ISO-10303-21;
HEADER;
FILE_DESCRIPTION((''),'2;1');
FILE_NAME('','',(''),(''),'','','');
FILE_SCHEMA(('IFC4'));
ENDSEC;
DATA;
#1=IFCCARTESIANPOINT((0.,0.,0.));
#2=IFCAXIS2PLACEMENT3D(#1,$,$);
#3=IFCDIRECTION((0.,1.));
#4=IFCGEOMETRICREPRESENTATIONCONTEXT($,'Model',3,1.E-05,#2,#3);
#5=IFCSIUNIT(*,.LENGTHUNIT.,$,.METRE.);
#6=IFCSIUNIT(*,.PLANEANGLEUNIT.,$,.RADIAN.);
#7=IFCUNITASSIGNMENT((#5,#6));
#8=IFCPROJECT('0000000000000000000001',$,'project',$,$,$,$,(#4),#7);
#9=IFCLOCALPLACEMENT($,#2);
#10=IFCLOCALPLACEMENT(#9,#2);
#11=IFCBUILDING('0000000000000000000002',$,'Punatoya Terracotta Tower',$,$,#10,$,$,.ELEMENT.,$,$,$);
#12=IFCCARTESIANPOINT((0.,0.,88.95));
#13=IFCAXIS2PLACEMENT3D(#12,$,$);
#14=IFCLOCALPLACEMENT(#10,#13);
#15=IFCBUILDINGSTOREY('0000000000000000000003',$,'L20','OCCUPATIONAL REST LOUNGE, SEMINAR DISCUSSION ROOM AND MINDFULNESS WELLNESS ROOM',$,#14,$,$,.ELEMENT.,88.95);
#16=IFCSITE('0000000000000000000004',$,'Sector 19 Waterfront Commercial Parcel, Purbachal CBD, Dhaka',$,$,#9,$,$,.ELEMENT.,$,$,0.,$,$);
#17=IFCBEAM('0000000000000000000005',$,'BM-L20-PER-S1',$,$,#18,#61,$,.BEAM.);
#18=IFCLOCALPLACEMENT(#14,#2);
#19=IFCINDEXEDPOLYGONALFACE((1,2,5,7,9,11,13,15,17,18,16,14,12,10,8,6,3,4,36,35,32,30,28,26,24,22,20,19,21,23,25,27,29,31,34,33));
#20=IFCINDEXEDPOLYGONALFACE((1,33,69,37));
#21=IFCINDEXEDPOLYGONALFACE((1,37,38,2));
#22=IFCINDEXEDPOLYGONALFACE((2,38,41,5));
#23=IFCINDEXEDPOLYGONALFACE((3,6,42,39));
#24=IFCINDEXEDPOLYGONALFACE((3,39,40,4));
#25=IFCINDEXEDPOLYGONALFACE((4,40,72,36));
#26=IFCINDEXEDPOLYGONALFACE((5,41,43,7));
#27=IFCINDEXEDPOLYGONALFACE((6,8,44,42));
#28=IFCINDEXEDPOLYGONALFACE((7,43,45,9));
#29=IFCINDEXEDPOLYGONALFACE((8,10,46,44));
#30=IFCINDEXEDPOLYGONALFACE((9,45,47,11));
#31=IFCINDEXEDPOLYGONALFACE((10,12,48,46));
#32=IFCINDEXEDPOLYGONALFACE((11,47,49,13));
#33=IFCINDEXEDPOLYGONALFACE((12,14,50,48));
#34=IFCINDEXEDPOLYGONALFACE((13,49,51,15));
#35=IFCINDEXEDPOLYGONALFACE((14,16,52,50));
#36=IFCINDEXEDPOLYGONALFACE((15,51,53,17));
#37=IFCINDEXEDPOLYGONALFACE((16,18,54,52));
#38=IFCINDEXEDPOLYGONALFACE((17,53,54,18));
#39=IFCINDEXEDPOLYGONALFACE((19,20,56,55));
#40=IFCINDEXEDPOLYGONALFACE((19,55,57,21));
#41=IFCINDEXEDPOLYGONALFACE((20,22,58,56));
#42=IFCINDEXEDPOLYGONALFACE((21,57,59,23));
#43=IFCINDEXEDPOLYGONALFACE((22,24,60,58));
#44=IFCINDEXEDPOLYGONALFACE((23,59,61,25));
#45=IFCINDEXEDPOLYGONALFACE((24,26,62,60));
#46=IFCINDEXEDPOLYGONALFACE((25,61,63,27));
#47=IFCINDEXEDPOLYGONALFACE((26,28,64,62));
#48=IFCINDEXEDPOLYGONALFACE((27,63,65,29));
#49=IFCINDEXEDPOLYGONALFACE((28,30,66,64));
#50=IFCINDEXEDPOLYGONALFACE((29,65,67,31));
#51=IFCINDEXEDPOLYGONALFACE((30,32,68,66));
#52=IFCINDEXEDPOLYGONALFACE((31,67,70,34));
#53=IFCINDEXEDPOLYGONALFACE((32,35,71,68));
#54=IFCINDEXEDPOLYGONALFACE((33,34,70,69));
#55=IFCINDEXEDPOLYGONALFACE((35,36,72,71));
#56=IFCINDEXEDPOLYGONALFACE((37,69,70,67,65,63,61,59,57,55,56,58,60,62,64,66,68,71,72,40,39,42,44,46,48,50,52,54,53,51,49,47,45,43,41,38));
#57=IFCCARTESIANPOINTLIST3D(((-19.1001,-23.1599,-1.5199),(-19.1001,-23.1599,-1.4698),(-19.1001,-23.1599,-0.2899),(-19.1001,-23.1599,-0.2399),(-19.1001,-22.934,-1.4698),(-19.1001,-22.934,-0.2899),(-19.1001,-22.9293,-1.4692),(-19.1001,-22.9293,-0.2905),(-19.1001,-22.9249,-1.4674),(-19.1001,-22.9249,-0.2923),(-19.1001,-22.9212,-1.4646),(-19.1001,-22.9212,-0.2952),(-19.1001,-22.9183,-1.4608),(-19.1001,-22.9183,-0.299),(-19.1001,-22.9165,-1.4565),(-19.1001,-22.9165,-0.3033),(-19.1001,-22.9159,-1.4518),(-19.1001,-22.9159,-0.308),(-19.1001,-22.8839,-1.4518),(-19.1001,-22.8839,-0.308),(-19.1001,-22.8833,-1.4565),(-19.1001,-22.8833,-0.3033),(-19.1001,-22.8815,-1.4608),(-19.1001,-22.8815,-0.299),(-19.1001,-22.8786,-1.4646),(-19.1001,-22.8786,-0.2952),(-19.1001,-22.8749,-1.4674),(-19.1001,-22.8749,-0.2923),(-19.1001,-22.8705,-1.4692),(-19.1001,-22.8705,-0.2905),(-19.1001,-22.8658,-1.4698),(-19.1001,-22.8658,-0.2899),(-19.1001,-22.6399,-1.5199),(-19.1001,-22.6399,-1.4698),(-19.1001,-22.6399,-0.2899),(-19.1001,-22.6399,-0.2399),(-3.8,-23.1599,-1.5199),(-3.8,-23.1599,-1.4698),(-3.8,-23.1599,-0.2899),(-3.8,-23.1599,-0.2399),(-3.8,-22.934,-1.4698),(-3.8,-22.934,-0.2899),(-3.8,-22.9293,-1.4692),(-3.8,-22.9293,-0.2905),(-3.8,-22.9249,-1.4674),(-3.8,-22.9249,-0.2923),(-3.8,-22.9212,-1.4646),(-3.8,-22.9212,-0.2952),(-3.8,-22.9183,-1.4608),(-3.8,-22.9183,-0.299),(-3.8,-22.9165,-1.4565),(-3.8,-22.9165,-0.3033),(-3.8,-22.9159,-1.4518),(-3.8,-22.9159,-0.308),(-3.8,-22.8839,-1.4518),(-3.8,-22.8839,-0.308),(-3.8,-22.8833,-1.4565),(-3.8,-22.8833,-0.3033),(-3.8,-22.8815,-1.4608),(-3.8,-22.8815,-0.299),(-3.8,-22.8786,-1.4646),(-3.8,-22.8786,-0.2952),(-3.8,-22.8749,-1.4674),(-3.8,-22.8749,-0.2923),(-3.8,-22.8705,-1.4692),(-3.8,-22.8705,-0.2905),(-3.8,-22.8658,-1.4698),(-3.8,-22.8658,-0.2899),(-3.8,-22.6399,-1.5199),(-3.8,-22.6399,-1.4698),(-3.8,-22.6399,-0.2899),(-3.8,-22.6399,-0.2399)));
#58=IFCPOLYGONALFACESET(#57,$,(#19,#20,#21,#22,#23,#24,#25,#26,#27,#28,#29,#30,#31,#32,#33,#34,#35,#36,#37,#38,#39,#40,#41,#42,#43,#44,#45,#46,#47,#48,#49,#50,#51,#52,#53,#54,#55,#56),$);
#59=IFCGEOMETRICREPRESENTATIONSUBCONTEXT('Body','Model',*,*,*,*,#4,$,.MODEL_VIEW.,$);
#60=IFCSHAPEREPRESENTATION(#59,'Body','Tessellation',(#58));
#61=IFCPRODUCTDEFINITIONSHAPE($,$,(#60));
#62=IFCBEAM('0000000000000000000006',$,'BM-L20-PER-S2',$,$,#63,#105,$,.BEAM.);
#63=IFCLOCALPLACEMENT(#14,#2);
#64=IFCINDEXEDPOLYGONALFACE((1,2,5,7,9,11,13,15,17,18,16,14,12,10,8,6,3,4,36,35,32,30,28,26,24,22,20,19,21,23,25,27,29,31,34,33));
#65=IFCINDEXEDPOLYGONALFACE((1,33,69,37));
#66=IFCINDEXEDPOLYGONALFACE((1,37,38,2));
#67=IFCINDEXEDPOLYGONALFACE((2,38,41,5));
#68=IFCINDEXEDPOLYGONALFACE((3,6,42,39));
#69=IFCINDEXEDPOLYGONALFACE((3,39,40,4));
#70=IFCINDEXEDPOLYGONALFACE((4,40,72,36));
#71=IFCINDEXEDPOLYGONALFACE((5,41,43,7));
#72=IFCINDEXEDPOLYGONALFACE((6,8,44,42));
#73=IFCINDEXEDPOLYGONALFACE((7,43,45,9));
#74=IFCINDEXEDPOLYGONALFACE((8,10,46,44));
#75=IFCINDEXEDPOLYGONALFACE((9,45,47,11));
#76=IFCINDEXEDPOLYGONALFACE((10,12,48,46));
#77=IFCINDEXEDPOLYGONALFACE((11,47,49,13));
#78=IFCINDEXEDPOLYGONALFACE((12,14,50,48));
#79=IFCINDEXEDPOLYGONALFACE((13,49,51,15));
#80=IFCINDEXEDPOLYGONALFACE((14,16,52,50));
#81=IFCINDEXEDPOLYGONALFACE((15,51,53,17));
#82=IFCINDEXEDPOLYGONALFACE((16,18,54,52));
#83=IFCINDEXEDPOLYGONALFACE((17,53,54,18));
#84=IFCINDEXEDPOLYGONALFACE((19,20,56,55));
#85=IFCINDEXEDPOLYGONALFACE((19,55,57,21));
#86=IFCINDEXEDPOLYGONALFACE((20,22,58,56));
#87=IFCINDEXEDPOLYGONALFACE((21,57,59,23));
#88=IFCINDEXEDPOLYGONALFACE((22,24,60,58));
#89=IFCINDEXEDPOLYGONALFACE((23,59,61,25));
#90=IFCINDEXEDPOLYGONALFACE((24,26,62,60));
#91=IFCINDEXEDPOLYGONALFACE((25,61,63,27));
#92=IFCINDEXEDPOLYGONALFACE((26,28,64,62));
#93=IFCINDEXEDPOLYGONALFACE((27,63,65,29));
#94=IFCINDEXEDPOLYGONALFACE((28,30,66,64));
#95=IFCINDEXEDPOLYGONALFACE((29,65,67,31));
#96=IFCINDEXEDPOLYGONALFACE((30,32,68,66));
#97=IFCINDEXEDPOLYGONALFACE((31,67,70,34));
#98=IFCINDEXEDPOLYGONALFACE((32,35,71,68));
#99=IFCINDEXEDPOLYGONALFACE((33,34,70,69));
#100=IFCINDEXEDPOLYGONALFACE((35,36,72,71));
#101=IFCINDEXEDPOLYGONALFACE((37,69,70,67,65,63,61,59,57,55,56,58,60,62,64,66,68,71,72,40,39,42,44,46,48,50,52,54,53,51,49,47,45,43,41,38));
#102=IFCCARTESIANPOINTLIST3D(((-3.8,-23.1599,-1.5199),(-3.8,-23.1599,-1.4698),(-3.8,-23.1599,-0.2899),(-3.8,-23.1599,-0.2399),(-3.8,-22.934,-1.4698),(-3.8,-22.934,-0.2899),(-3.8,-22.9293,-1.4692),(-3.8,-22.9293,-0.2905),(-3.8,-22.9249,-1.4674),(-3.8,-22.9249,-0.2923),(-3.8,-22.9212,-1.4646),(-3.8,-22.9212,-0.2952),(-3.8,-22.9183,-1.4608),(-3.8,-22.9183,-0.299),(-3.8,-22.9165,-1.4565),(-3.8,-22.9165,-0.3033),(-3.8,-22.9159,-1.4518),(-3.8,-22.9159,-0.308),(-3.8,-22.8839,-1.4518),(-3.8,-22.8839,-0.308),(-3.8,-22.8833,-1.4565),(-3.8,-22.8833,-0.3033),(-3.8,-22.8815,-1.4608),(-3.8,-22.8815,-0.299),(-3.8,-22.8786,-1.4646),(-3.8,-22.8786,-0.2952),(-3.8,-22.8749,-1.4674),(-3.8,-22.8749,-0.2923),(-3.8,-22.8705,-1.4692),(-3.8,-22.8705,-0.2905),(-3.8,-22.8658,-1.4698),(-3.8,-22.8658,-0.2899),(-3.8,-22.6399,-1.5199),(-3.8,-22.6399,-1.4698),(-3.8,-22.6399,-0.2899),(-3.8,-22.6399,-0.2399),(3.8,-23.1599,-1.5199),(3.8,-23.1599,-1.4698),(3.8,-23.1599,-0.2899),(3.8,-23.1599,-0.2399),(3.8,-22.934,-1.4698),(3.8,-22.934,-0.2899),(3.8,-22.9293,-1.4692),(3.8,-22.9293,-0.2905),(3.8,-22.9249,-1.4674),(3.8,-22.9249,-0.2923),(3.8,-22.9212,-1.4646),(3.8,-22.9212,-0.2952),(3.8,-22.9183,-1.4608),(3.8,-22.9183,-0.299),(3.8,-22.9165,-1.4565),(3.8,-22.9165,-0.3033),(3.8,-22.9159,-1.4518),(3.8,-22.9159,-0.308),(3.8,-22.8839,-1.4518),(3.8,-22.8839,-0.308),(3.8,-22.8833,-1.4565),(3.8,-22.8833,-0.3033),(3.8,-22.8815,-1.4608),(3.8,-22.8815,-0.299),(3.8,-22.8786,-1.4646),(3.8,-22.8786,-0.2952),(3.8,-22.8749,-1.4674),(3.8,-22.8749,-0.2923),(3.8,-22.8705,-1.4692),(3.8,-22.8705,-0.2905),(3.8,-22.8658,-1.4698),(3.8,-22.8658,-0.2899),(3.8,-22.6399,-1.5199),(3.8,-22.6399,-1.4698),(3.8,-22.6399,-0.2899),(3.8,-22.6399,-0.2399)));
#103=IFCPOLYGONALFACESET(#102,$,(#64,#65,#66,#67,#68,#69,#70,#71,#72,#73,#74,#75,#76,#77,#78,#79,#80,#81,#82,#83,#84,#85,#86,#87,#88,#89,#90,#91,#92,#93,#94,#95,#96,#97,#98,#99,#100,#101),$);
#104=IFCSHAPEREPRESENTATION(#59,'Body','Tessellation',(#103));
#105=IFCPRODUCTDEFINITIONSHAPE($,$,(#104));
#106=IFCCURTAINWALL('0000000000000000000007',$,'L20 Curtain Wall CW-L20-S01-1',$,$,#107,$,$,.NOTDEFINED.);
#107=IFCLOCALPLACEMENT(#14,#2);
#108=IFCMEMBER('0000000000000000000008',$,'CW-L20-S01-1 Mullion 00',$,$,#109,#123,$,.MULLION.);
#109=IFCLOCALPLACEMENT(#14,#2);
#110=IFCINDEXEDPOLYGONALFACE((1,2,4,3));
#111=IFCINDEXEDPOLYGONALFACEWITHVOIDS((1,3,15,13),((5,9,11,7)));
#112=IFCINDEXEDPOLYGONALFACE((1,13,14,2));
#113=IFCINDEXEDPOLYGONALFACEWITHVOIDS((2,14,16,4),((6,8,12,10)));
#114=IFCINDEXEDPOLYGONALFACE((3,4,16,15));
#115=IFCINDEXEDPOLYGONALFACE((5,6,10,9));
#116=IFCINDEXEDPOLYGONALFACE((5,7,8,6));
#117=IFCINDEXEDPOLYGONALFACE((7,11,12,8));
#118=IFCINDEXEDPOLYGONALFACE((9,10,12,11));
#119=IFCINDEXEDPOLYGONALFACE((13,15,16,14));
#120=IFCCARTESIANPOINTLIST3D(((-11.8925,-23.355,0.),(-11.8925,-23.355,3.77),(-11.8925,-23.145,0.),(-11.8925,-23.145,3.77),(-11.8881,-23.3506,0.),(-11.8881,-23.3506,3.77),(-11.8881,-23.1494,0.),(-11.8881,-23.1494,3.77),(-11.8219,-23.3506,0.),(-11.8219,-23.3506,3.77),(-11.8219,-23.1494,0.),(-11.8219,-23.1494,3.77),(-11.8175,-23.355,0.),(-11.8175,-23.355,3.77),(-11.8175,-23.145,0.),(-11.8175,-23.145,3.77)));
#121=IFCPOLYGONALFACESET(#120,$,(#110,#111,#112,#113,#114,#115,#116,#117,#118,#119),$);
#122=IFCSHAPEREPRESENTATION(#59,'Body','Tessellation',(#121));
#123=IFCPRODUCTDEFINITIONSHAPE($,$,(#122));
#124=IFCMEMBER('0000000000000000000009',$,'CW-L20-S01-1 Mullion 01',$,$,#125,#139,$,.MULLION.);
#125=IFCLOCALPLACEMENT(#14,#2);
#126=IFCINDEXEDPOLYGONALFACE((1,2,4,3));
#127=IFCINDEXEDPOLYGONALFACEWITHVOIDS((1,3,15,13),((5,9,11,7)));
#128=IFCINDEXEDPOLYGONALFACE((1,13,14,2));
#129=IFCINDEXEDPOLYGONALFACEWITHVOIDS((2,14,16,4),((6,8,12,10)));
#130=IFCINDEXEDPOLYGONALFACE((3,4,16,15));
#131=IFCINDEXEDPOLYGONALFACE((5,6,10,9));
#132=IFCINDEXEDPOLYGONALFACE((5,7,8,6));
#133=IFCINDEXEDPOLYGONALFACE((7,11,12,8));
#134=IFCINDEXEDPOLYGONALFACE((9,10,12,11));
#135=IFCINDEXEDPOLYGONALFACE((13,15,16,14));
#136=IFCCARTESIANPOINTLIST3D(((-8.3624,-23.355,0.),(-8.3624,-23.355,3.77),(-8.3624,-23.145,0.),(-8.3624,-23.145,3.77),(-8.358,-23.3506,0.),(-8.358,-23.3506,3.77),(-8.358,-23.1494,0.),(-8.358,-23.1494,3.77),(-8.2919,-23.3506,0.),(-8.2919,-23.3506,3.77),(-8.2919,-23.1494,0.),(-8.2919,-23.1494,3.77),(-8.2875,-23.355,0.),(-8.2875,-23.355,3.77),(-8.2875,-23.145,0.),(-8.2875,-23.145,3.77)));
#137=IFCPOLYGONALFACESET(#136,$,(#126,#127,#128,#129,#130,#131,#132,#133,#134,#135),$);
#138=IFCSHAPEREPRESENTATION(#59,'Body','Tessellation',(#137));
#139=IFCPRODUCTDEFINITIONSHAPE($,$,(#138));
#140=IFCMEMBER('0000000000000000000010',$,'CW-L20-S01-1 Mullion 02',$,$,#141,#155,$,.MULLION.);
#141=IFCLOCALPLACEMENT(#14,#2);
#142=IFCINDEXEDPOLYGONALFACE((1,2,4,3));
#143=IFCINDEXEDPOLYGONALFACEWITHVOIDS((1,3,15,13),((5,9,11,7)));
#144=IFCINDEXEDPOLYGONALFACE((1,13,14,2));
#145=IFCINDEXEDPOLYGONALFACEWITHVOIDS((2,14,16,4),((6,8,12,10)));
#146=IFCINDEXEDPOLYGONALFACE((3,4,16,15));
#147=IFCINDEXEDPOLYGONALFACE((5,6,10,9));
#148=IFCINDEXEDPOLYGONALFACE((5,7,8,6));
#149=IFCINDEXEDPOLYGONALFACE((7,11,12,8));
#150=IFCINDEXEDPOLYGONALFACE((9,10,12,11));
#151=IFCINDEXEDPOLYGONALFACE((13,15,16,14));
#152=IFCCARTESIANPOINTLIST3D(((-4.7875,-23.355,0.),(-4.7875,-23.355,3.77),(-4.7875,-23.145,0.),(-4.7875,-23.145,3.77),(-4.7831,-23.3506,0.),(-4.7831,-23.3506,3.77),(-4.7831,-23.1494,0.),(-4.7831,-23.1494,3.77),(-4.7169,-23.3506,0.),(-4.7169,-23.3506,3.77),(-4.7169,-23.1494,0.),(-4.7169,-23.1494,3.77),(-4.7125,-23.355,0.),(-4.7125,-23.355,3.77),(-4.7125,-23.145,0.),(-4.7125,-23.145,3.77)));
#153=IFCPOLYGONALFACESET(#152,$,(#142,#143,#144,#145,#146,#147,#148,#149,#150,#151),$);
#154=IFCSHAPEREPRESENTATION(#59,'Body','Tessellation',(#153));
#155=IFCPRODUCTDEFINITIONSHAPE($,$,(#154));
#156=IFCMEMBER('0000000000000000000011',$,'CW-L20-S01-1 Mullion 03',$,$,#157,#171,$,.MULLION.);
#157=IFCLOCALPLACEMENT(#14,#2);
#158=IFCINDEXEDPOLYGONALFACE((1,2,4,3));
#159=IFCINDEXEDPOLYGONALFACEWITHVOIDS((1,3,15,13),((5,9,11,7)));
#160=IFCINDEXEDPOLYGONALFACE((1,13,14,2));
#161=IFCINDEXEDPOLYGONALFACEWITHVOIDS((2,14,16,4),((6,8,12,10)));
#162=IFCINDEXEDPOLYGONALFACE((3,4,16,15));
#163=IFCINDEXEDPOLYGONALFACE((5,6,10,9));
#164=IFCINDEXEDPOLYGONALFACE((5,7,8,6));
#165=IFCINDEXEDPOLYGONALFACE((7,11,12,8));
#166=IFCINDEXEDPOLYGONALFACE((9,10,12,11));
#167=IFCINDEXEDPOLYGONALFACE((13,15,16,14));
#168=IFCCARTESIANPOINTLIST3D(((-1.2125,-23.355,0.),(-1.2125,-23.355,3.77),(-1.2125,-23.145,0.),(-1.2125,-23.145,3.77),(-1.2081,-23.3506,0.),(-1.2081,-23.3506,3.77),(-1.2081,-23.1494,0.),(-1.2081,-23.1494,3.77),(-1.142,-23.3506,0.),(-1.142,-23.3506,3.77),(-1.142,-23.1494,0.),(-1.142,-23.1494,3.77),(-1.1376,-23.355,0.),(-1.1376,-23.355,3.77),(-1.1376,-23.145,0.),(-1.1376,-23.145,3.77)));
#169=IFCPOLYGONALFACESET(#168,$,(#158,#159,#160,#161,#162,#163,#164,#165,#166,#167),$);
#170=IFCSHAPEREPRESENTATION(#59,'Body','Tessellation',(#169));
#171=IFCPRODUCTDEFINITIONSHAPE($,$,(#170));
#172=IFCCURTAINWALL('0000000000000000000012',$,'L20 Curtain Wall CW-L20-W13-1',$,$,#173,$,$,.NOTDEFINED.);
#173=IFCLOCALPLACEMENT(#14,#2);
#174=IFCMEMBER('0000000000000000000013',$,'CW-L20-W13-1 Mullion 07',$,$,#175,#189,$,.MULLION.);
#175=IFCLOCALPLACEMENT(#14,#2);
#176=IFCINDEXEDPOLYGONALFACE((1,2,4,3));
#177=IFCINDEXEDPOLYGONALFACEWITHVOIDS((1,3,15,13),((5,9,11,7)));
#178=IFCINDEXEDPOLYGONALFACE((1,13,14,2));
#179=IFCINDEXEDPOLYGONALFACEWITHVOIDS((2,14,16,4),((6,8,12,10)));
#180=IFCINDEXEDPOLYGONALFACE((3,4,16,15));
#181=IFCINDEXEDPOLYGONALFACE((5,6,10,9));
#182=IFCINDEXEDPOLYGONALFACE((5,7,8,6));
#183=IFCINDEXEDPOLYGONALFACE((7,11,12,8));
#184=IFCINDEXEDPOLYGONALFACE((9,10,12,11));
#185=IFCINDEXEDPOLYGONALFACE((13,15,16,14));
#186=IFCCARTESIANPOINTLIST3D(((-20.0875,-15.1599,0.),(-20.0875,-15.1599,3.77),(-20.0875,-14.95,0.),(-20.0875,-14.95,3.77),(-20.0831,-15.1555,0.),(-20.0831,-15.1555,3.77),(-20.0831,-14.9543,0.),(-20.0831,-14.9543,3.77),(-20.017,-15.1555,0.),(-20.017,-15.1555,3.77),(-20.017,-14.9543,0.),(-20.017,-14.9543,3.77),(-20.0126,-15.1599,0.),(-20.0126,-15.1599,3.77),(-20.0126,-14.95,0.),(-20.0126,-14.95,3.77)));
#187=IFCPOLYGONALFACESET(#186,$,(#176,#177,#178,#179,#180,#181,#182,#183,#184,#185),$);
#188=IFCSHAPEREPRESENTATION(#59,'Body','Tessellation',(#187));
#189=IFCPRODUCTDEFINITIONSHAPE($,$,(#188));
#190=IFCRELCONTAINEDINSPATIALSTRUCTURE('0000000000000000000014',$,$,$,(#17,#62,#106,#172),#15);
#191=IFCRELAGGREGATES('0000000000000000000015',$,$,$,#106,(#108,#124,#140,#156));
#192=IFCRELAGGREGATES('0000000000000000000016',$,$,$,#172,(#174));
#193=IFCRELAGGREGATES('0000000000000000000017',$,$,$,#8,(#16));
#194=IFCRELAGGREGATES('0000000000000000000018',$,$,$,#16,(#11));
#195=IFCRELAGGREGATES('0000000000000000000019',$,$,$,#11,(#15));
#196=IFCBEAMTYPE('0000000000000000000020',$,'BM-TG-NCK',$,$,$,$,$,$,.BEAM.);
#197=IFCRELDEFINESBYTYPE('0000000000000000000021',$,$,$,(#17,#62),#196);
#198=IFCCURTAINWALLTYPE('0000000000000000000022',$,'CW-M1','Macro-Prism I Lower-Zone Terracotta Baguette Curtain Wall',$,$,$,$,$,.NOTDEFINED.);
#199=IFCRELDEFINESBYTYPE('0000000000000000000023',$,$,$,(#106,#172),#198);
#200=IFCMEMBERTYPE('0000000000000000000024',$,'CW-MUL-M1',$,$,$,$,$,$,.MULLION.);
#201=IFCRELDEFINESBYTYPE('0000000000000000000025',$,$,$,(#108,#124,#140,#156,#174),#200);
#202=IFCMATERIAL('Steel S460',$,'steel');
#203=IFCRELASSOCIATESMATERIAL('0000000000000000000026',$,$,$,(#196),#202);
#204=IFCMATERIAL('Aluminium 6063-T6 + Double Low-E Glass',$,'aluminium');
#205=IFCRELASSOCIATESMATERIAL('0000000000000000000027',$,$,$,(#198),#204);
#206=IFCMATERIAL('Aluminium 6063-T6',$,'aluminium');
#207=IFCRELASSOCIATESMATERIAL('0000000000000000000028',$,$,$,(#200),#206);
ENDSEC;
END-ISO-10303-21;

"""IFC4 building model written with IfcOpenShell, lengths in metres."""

from ifc_helpers import new_model, si_unit, direction, frame, origin, origin_2d, place, context, subcontext, project, spatial, hollow_rectangle, i_section, extrude, material, material_profile, profile_set, type_object, element, aggregate, save


model = new_model("IFC4")

# Units and contexts
model_context = context("Model", 3, precision=1e-05, world=origin(), true_north=direction((0.0, 1.0)))
body_context = subcontext(model_context, "Body", "Model", "MODEL_VIEW")
ifc_project = project(units=[si_unit("LENGTHUNIT", "METRE"), si_unit("PLANEANGLEUNIT", "RADIAN")], contexts=[model_context])

# Site, building, storey
site_placement = place(None, origin())
site = spatial("IfcSite", under=ifc_project, at=site_placement, Name="Sector 19 Waterfront Commercial Parcel, Purbachal CBD, Dhaka", CompositionType="ELEMENT", RefElevation=0.0)
building_placement = place(site_placement, origin())
building = spatial("IfcBuilding", under=site, at=building_placement, Name="Punatoya Terracotta Tower", CompositionType="ELEMENT")
storey_placement = place(building_placement, frame((0.0, 0.0, 88.95)))
storey = spatial("IfcBuildingStorey", under=building, at=storey_placement, Name="L20", Description="OCCUPATIONAL REST LOUNGE, SEMINAR DISCUSSION ROOM AND MINDFULNESS WELLNESS ROOM", CompositionType="ELEMENT", Elevation=88.95)

# Shared definitions
ifc_material_1 = material(Name="Steel S460", Category="steel")

# Beams
ifc_material_profile_1 = material_profile(ifc_material_1, i_section(OverallWidth=0.52, OverallDepth=1.28, WebThickness=0.032, FlangeThickness=0.05, FilletRadius=0.0181, at=origin_2d()))
ifc_profile_set_1 = profile_set([ifc_material_profile_1], Name="Steel S460")
beam_type_1 = type_object("IfcBeamType", Name="BM-TG-NCK", PredefinedType="BEAM", material=ifc_profile_set_1)
beam_1_placement = place(storey_placement, frame((-19.1001, -22.8999, -0.8799), z_axis=(1.0, 0.0, 0.0), x_axis=(0.0, 1.0, 0.0)))
element("IfcBeam", 1, at=beam_1_placement, inside=storey, type_object=beam_type_1, Name="BM-L20-PER-S1", PredefinedType="BEAM", context=body_context, shape_type="SweptSolid", body=[
    extrude(i_section(OverallWidth=0.52, OverallDepth=1.28, WebThickness=0.032, FlangeThickness=0.05, FilletRadius=0.0181, at=origin_2d()), origin(), (0.0, 0.0, 1.0), 15.3),
])
beam_2_placement = place(storey_placement, frame((-3.8, -22.8999, -0.8799), z_axis=(1.0, 0.0, 0.0), x_axis=(0.0, 1.0, 0.0)))
element("IfcBeam", 2, at=beam_2_placement, inside=storey, type_object=beam_type_1, Name="BM-L20-PER-S2", PredefinedType="BEAM", context=body_context, shape_type="SweptSolid", body=[
    extrude(i_section(OverallWidth=0.52, OverallDepth=1.28, WebThickness=0.032, FlangeThickness=0.05, FilletRadius=0.0181, at=origin_2d()), origin(), (0.0, 0.0, 1.0), 7.6001),
])

# Curtain wall, members
ifc_material_2 = material(Name="Aluminium 6063-T6 + Double Low-E Glass", Category="aluminium")
curtain_wall_type = type_object("IfcCurtainWallType", Name="CW-M1", Description="Macro-Prism I Lower-Zone Terracotta Baguette Curtain Wall", PredefinedType="NOTDEFINED", material=ifc_material_2)
curtain_wall_1_placement = place(storey_placement, origin())
curtain_wall_1 = element("IfcCurtainWall", 3, at=curtain_wall_1_placement, inside=storey, type_object=curtain_wall_type, Name="L20 Curtain Wall CW-L20-S01-1", PredefinedType="NOTDEFINED")
ifc_material_3 = material(Name="Aluminium 6063-T6", Category="aluminium")
ifc_material_profile_2 = material_profile(ifc_material_3, hollow_rectangle(XDim=0.075, YDim=0.21, WallThickness=0.0044, at=origin_2d()))
ifc_profile_set_2 = profile_set([ifc_material_profile_2], Name="Aluminium 6063-T6")
member_type_1 = type_object("IfcMemberType", Name="CW-MUL-M1", PredefinedType="MULLION", material=ifc_profile_set_2)
member_1_placement = place(storey_placement, frame((-11.855, -23.25, 0.0), z_axis=(0.0, 0.0, 1.0), x_axis=(1.0, 0.0, 0.0)))
member_1 = element("IfcMember", 4, at=member_1_placement, type_object=member_type_1, Name="CW-L20-S01-1 Mullion 00", PredefinedType="MULLION", context=body_context, shape_type="SweptSolid", body=[
    extrude(hollow_rectangle(XDim=0.075, YDim=0.21, WallThickness=0.0044, at=origin_2d()), origin(), (0.0, 0.0, 1.0), 3.77),
])
member_2_placement = place(storey_placement, frame((-8.325, -23.25, 0.0), z_axis=(0.0, 0.0, 1.0), x_axis=(1.0, 0.0, 0.0)))
member_2 = element("IfcMember", 5, at=member_2_placement, type_object=member_type_1, Name="CW-L20-S01-1 Mullion 01", PredefinedType="MULLION", context=body_context, shape_type="SweptSolid", body=[
    extrude(hollow_rectangle(XDim=0.075, YDim=0.21, WallThickness=0.0044, at=origin_2d()), origin(), (0.0, 0.0, 1.0), 3.77),
])
member_3_placement = place(storey_placement, frame((-4.75, -23.25, 0.0), z_axis=(0.0, 0.0, 1.0), x_axis=(1.0, 0.0, 0.0)))
member_3 = element("IfcMember", 6, at=member_3_placement, type_object=member_type_1, Name="CW-L20-S01-1 Mullion 02", PredefinedType="MULLION", context=body_context, shape_type="SweptSolid", body=[
    extrude(hollow_rectangle(XDim=0.075, YDim=0.21, WallThickness=0.0044, at=origin_2d()), origin(), (0.0, 0.0, 1.0), 3.77),
])
member_4_placement = place(storey_placement, frame((-1.175, -23.25, 0.0), z_axis=(0.0, 0.0, 1.0), x_axis=(1.0, 0.0, 0.0)))
member_4 = element("IfcMember", 7, at=member_4_placement, type_object=member_type_1, Name="CW-L20-S01-1 Mullion 03", PredefinedType="MULLION", context=body_context, shape_type="SweptSolid", body=[
    extrude(hollow_rectangle(XDim=0.075, YDim=0.21, WallThickness=0.0044, at=origin_2d()), origin(), (0.0, 0.0, 1.0), 3.77),
])

# Curtain wall, member
curtain_wall_2_placement = place(storey_placement, origin())
curtain_wall_2 = element("IfcCurtainWall", 8, at=curtain_wall_2_placement, inside=storey, type_object=curtain_wall_type, Name="L20 Curtain Wall CW-L20-W13-1", PredefinedType="NOTDEFINED")
member_5_placement = place(storey_placement, frame((-20.05, -15.0549, 0.0), z_axis=(0.0, 0.0, 1.0), x_axis=(1.0, 0.0, 0.0)))
member_5 = element("IfcMember", 9, at=member_5_placement, type_object=member_type_1, Name="CW-L20-W13-1 Mullion 07", PredefinedType="MULLION", context=body_context, shape_type="SweptSolid", body=[
    extrude(hollow_rectangle(XDim=0.075, YDim=0.21, WallThickness=0.0044, at=origin_2d()), origin(), (0.0, 0.0, 1.0), 3.77),
])

aggregate(curtain_wall_1, [member_1, member_2, member_3, member_4])
aggregate(curtain_wall_2, [member_5])

save(model, "model.ifc")
